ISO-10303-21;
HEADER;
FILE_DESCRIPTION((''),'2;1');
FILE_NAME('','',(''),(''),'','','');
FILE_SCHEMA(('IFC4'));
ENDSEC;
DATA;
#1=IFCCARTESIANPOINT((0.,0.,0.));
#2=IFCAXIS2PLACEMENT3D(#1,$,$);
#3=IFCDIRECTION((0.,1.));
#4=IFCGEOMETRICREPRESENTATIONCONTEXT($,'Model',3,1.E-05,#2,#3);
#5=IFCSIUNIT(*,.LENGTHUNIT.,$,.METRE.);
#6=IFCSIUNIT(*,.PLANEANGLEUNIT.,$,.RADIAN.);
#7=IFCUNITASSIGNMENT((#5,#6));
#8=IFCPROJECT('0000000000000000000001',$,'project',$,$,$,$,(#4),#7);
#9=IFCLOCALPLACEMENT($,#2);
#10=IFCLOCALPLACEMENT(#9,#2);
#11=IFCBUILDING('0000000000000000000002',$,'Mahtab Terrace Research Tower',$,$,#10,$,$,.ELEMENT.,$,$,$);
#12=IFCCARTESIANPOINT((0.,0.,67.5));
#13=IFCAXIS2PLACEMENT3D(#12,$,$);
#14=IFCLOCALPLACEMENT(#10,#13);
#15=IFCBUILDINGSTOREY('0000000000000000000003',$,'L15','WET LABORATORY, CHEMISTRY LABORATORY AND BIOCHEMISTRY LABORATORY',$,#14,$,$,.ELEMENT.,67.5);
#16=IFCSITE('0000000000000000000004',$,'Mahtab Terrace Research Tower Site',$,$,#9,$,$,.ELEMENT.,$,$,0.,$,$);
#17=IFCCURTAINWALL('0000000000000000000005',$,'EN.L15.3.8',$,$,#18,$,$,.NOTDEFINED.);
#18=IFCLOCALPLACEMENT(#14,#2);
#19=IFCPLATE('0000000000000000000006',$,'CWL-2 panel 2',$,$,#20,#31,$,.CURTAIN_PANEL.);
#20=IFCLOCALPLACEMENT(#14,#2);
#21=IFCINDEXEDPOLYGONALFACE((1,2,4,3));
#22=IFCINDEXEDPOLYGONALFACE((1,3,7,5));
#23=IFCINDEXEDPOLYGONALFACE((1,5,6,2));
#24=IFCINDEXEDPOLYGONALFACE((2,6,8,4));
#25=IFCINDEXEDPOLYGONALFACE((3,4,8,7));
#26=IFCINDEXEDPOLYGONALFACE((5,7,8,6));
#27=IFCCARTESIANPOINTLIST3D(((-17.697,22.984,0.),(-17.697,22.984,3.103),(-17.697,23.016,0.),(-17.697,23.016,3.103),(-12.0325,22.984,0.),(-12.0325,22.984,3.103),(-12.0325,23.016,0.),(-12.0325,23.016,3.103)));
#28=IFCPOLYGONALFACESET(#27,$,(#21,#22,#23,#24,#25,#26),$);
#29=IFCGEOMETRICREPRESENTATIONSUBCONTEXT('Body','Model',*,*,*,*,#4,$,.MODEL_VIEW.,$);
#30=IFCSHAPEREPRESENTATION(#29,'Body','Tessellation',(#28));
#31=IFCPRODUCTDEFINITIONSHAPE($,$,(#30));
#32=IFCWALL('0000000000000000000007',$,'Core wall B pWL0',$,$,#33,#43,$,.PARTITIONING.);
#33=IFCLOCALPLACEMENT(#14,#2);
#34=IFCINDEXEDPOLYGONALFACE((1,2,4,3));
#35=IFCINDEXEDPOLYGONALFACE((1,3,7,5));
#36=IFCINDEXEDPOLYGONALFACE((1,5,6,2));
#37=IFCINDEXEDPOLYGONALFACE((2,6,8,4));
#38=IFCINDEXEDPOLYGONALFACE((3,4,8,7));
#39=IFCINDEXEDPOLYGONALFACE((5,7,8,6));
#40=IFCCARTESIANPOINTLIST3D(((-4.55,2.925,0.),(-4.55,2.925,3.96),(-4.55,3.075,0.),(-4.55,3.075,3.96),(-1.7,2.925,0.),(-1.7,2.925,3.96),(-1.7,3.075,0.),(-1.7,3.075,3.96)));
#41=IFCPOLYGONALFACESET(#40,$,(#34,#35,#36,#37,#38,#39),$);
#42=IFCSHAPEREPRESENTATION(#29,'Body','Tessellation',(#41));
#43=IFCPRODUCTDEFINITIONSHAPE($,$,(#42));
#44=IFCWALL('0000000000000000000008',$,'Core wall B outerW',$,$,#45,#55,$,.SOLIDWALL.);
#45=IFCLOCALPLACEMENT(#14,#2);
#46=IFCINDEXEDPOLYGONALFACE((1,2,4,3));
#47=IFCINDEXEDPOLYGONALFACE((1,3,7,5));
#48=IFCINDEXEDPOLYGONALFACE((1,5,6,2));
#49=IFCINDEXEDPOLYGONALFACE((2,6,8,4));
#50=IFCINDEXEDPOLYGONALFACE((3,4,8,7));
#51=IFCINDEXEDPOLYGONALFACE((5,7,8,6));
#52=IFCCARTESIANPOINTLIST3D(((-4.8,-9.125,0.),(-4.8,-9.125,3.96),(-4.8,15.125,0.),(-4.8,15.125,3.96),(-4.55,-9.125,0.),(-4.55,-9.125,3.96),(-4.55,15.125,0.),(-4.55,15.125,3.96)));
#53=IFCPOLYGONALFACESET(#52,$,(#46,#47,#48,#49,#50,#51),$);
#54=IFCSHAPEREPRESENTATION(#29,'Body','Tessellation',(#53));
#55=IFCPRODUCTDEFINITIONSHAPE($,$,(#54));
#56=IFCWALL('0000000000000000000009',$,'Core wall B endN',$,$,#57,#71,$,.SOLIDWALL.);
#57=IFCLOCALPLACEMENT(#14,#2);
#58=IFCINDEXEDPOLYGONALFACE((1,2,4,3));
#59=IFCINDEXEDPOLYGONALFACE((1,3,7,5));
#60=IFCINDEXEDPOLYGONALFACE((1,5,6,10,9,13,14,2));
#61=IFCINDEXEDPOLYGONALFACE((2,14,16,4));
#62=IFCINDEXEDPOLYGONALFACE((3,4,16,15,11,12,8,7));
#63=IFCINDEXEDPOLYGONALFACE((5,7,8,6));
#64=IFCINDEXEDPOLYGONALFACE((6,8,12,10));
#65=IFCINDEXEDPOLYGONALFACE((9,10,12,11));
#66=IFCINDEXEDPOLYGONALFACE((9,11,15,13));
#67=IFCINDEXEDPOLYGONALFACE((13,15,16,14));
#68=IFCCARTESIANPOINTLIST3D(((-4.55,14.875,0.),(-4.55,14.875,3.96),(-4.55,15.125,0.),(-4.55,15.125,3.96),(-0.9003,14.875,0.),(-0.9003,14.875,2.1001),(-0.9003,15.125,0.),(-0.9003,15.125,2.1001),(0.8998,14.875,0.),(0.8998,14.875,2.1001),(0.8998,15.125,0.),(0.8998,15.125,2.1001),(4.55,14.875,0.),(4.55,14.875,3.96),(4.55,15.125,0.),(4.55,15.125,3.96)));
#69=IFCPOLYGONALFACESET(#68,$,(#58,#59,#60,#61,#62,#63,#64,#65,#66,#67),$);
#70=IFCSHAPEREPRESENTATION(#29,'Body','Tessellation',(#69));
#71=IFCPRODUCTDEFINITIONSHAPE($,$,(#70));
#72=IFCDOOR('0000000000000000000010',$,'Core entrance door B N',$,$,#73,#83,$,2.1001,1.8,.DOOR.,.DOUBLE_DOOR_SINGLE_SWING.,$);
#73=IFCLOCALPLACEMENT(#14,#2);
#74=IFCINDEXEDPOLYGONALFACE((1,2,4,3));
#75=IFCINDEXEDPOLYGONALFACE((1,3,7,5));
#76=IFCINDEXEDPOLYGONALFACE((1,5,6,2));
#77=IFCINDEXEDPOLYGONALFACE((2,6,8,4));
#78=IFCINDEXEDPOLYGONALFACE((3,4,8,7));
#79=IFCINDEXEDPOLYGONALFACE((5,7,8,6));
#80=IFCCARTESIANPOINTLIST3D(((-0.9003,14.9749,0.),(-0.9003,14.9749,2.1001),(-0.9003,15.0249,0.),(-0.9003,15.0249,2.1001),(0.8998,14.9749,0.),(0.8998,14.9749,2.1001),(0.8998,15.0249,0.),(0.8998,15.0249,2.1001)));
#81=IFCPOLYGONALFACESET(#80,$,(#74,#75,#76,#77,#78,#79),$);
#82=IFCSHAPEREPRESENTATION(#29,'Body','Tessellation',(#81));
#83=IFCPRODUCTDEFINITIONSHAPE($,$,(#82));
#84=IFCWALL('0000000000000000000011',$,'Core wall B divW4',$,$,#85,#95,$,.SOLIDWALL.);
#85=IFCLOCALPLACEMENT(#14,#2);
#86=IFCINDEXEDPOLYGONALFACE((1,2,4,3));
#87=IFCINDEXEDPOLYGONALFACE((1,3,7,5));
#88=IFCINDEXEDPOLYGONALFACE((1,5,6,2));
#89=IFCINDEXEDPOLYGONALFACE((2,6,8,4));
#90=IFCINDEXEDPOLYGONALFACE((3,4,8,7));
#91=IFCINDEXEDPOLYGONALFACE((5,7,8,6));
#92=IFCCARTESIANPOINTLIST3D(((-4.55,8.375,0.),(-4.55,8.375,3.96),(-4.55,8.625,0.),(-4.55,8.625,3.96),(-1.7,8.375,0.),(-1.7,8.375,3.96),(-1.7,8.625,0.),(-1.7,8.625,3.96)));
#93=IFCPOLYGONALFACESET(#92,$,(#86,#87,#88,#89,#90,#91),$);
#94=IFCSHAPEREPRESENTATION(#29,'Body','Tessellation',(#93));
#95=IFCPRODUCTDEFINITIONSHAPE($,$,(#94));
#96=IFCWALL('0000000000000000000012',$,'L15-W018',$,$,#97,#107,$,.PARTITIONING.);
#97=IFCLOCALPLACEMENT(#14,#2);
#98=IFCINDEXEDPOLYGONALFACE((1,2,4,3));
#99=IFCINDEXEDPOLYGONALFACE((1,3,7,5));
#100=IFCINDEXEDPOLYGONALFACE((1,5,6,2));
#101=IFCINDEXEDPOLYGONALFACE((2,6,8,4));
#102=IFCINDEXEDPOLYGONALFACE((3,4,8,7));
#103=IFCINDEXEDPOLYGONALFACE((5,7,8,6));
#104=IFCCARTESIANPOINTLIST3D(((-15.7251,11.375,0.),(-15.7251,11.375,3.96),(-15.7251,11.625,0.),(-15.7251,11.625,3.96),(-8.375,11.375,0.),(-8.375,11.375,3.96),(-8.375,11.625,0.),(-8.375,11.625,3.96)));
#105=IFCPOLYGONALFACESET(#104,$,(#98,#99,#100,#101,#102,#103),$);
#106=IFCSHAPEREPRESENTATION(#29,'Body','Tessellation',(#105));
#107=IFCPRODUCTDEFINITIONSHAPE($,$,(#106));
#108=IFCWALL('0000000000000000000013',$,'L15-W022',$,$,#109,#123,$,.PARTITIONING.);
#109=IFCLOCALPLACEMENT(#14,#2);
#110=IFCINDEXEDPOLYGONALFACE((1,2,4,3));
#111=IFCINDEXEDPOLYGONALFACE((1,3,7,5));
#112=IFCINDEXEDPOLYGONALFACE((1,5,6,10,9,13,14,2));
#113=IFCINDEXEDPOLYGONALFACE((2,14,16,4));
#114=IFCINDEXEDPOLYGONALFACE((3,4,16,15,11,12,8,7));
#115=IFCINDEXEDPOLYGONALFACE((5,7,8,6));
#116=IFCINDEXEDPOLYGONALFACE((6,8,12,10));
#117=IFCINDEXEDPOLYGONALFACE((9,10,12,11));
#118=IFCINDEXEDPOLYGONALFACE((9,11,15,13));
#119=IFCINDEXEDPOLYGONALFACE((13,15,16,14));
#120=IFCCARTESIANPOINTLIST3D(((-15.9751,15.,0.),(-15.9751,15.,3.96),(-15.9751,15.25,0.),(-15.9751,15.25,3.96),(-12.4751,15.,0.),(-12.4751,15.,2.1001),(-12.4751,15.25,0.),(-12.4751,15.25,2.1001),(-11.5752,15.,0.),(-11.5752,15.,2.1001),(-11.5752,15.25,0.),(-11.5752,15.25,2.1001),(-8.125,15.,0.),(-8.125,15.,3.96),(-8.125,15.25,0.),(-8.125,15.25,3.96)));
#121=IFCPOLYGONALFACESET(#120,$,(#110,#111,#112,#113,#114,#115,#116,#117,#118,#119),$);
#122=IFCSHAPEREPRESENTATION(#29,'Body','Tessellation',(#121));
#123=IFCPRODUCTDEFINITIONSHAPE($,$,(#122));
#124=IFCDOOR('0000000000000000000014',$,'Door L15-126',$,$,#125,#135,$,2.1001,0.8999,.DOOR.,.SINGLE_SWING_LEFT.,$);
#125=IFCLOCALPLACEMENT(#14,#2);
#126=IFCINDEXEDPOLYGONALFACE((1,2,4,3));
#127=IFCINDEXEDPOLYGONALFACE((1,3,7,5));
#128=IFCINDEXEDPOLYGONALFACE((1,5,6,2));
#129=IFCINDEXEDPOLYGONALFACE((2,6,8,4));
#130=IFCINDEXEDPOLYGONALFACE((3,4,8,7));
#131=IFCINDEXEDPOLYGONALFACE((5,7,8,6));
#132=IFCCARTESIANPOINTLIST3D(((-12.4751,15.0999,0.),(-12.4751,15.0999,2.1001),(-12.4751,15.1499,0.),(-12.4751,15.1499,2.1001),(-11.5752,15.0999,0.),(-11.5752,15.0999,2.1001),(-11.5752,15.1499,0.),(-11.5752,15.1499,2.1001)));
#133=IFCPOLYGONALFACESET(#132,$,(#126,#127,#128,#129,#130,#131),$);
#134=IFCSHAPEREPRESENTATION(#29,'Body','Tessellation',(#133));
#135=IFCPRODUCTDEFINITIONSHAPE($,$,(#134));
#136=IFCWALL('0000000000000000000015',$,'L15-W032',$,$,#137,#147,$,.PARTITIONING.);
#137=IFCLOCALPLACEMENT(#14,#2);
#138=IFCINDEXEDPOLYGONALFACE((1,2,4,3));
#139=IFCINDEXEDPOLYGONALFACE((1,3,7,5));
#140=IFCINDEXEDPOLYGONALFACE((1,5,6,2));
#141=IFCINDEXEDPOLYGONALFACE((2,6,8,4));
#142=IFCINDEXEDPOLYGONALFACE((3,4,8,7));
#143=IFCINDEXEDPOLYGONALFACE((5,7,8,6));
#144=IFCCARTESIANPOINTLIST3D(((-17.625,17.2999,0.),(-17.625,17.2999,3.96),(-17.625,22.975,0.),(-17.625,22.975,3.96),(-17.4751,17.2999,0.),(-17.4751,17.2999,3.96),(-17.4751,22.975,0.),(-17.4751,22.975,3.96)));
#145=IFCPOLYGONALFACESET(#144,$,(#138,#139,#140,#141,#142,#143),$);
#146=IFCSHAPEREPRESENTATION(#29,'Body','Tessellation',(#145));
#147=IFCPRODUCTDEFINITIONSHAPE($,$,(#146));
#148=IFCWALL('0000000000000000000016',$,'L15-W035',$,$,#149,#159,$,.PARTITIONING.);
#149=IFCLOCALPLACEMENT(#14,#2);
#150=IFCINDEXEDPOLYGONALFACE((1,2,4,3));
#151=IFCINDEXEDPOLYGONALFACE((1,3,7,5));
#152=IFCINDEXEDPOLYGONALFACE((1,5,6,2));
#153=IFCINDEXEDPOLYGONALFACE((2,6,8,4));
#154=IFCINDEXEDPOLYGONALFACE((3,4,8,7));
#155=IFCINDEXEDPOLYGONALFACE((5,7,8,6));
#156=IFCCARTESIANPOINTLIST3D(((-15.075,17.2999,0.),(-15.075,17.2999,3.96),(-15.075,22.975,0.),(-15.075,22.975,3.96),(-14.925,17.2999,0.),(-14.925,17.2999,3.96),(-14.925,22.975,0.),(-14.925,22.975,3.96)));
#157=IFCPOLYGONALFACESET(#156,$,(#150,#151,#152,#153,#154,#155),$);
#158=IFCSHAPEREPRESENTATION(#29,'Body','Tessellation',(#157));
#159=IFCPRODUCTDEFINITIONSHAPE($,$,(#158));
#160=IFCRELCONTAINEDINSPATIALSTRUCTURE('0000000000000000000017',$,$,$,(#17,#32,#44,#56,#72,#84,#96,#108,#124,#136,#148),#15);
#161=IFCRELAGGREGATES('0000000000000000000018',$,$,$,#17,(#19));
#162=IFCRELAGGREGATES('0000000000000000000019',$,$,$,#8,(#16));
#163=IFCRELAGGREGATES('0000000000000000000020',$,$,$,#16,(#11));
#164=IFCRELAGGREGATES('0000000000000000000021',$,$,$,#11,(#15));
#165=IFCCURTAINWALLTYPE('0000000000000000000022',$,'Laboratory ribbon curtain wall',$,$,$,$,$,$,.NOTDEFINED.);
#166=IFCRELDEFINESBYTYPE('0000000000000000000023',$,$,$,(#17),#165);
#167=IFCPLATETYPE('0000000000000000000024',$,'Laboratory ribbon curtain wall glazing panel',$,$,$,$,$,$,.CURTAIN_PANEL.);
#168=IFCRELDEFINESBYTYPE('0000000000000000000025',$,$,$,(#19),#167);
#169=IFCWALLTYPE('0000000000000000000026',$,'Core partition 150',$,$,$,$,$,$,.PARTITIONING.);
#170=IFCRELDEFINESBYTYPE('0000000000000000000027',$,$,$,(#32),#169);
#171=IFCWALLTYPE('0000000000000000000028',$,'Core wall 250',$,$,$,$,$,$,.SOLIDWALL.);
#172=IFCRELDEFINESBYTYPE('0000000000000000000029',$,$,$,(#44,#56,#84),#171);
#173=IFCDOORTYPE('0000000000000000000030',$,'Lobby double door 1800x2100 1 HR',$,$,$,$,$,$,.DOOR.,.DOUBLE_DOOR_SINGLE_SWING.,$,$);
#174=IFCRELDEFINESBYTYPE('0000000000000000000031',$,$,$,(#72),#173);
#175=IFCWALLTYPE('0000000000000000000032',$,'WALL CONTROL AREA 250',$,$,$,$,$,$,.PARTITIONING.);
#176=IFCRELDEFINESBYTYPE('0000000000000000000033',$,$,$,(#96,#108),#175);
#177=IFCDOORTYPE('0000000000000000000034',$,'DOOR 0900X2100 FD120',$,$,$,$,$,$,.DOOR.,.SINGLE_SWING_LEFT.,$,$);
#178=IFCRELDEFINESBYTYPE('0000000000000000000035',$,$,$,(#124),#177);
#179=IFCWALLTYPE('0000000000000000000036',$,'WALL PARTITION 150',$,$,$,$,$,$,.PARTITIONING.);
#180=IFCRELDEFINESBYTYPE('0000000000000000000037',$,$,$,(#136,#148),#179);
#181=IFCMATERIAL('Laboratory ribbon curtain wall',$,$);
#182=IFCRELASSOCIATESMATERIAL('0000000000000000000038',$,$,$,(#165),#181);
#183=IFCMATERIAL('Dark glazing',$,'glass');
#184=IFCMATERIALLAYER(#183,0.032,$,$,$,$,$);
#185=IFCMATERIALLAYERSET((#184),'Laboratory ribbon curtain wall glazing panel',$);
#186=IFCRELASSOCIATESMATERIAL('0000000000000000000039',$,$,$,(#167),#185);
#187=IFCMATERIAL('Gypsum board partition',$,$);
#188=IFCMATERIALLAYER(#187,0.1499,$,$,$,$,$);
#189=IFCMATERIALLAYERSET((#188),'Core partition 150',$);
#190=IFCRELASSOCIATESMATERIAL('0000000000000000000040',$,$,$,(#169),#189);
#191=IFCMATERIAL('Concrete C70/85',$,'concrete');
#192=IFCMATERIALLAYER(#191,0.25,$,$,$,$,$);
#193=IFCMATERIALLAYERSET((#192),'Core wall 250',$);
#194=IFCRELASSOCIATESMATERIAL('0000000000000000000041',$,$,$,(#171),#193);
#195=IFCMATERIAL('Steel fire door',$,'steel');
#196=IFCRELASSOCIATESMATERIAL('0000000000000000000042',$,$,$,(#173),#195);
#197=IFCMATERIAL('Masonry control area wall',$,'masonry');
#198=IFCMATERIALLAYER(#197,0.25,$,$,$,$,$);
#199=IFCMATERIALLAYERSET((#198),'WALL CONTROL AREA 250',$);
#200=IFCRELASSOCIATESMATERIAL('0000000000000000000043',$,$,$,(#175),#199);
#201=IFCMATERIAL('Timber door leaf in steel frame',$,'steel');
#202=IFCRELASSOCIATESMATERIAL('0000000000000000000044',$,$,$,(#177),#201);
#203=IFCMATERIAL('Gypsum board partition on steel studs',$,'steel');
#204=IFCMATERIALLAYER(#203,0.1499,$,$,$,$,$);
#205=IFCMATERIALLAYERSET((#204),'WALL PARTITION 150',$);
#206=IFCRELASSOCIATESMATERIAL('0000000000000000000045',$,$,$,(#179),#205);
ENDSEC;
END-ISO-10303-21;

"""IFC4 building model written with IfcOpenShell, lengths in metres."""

from ifc_helpers import new_model, si_unit, direction, frame, frame_2d, origin, origin_2d, place, context, subcontext, project, spatial, rectangle, extrude, material, layer, layer_set, type_object, element, fill, aggregate, save


model = new_model("IFC4")

# Units and contexts
model_context = context("Model", 3, precision=1e-05, world=origin(), true_north=direction((0.0, 1.0)))
body_context = subcontext(model_context, "Body", "Model", "MODEL_VIEW")
ifc_project = project(units=[si_unit("LENGTHUNIT", "METRE"), si_unit("PLANEANGLEUNIT", "RADIAN")], contexts=[model_context])

# Site, building, storey
site_placement = place(None, origin())
site = spatial("IfcSite", under=ifc_project, at=site_placement, Name="Mahtab Terrace Research Tower Site", CompositionType="ELEMENT", RefElevation=0.0)
building_placement = place(site_placement, origin())
building = spatial("IfcBuilding", under=site, at=building_placement, Name="Mahtab Terrace Research Tower", CompositionType="ELEMENT")
storey_placement = place(building_placement, frame((0.0, 0.0, 67.5)))
storey = spatial("IfcBuildingStorey", under=building, at=storey_placement, Name="L15", Description="WET LABORATORY, CHEMISTRY LABORATORY AND BIOCHEMISTRY LABORATORY", CompositionType="ELEMENT", Elevation=67.5)

# Shared definitions
ifc_material_1 = material(Name="Concrete C70/85", Category="concrete")

# Curtain wall
ifc_material_2 = material(Name="Laboratory ribbon curtain wall")
curtain_wall_type = type_object("IfcCurtainWallType", Name="Laboratory ribbon curtain wall", PredefinedType="NOTDEFINED", material=ifc_material_2)
curtain_wall_placement = place(storey_placement, origin())
curtain_wall = element("IfcCurtainWall", 1, at=curtain_wall_placement, inside=storey, type_object=curtain_wall_type, Name="EN.L15.3.8", PredefinedType="NOTDEFINED")

# Plate
ifc_material_3 = material(Name="Dark glazing", Category="glass")
ifc_layer_1 = layer(ifc_material_3, 0.032)
ifc_layer_set_1 = layer_set([ifc_layer_1], Name="Laboratory ribbon curtain wall glazing panel")
plate_type = type_object("IfcPlateType", Name="Laboratory ribbon curtain wall glazing panel", PredefinedType="CURTAIN_PANEL", material=ifc_layer_set_1)
plate_1_placement = place(storey_placement, frame((-14.8647, 23.0, 0.0), z_axis=(0.0, 0.0, 1.0), x_axis=(-1.0, 0.0, 0.0)))
plate_1 = element("IfcPlate", 2, at=plate_1_placement, type_object=plate_type, Name="CWL-2 panel 2", PredefinedType="CURTAIN_PANEL", context=body_context, shape_type="SweptSolid", body=[
    extrude(rectangle(XDim=5.6646, YDim=0.032, at=origin_2d()), origin(), (0.0, 0.0, 1.0), 3.103),
])
aggregate(curtain_wall, [plate_1])

# Walls
ifc_material_4 = material(Name="Gypsum board partition")
ifc_layer_2 = layer(ifc_material_4, 0.1499)
ifc_layer_set_2 = layer_set([ifc_layer_2], Name="Core partition 150")
wall_type_1 = type_object("IfcWallType", Name="Core partition 150", PredefinedType="PARTITIONING", material=ifc_layer_set_2)
wall_1_placement = place(storey_placement, frame((-4.55, 3.0, 0.0), z_axis=(0.0, 0.0, 1.0), x_axis=(1.0, 0.0, 0.0)))
element("IfcWall", 3, at=wall_1_placement, inside=storey, type_object=wall_type_1, Name="Core wall B pWL0", PredefinedType="PARTITIONING", context=body_context, shape_type="SweptSolid", body=[
    extrude(rectangle(XDim=2.8501, YDim=0.1499, at=frame_2d((1.425, 0.0))), origin(), (0.0, 0.0, 1.0), 3.96),
])
ifc_layer_3 = layer(ifc_material_1, 0.25)
ifc_layer_set_3 = layer_set([ifc_layer_3], Name="Core wall 250")
wall_type_2 = type_object("IfcWallType", Name="Core wall 250", PredefinedType="SOLIDWALL", material=ifc_layer_set_3)
wall_2_placement = place(storey_placement, frame((-4.675, 15.125, 0.0), z_axis=(0.0, 0.0, 1.0), x_axis=(0.0, -1.0, 0.0)))
element("IfcWall", 4, at=wall_2_placement, inside=storey, type_object=wall_type_2, Name="Core wall B outerW", PredefinedType="SOLIDWALL", context=body_context, shape_type="SweptSolid", body=[
    extrude(rectangle(XDim=24.25, YDim=0.25, at=frame_2d((12.125, 0.0))), origin(), (0.0, 0.0, 1.0), 3.96),
])

# Wall, opening, door
wall_3_placement = place(storey_placement, frame((-4.55, 15.0, 0.0), z_axis=(0.0, 0.0, 1.0), x_axis=(1.0, 0.0, 0.0)))
wall_3 = element("IfcWall", 5, at=wall_3_placement, inside=storey, type_object=wall_type_2, Name="Core wall B endN", PredefinedType="SOLIDWALL", context=body_context, shape_type="SweptSolid", body=[
    extrude(rectangle(XDim=9.1001, YDim=0.25, at=frame_2d((4.55, 0.0))), origin(), (0.0, 0.0, 1.0), 3.96),
])
opening_1_placement = place(wall_3_placement, frame((3.6499, 0.0, 0.0)))
opening_1 = element("IfcOpeningElement", 6, at=opening_1_placement, cuts=wall_3, PredefinedType="OPENING", context=body_context, shape_type="SweptSolid", body=[
    extrude(rectangle(XDim=1.8, YDim=2.1001, at=frame_2d((0.8999, 1.05))), frame((0.0, 0.135, 0.0), z_axis=(0.0, -1.0, 0.0), x_axis=(1.0, 0.0, 0.0)), (0.0, 0.0, 1.0), 0.27),
])
ifc_material_5 = material(Name="Steel fire door", Category="steel")
door_type_1 = type_object("IfcDoorType", Name="Lobby double door 1800x2100 1 HR", OperationType="DOUBLE_DOOR_SINGLE_SWING", PredefinedType="DOOR", material=ifc_material_5)
door_1_placement = place(opening_1_placement, origin())
door_1 = element("IfcDoor", 7, at=door_1_placement, inside=storey, type_object=door_type_1, Name="Core entrance door B N", OperationType="DOUBLE_DOOR_SINGLE_SWING", OverallHeight=2.1001, OverallWidth=1.8, PredefinedType="DOOR", context=body_context, shape_type="SweptSolid", body=[
    extrude(rectangle(XDim=1.8, YDim=2.1001, at=frame_2d((0.8999, 1.05))), frame((0.0, 0.0249, 0.0), z_axis=(0.0, -1.0, 0.0), x_axis=(1.0, 0.0, 0.0)), (0.0, 0.0, 1.0), 0.05),
])
fill(opening_1, door_1)

# Walls
wall_4_placement = place(storey_placement, frame((-4.55, 8.5, 0.0), z_axis=(0.0, 0.0, 1.0), x_axis=(1.0, 0.0, 0.0)))
element("IfcWall", 8, at=wall_4_placement, inside=storey, type_object=wall_type_2, Name="Core wall B divW4", PredefinedType="SOLIDWALL", context=body_context, shape_type="SweptSolid", body=[
    extrude(rectangle(XDim=2.8501, YDim=0.25, at=frame_2d((1.425, 0.0))), origin(), (0.0, 0.0, 1.0), 3.96),
])
ifc_material_6 = material(Name="Masonry control area wall", Category="masonry")
ifc_layer_4 = layer(ifc_material_6, 0.25)
ifc_layer_set_4 = layer_set([ifc_layer_4], Name="WALL CONTROL AREA 250")
wall_type_3 = type_object("IfcWallType", Name="WALL CONTROL AREA 250", PredefinedType="PARTITIONING", material=ifc_layer_set_4)
wall_5_placement = place(storey_placement, frame((-15.7251, 11.5, 0.0), z_axis=(0.0, 0.0, 1.0), x_axis=(1.0, 0.0, 0.0)))
element("IfcWall", 9, at=wall_5_placement, inside=storey, type_object=wall_type_3, Name="L15-W018", PredefinedType="PARTITIONING", context=body_context, shape_type="SweptSolid", body=[
    extrude(rectangle(XDim=7.3501, YDim=0.25, at=frame_2d((3.675, 0.0))), origin(), (0.0, 0.0, 1.0), 3.96),
])

# Wall, opening, door
wall_6_placement = place(storey_placement, frame((-15.9751, 15.125, 0.0), z_axis=(0.0, 0.0, 1.0), x_axis=(1.0, 0.0, 0.0)))
wall_6 = element("IfcWall", 10, at=wall_6_placement, inside=storey, type_object=wall_type_3, Name="L15-W022", PredefinedType="PARTITIONING", context=body_context, shape_type="SweptSolid", body=[
    extrude(rectangle(XDim=7.8501, YDim=0.25, at=frame_2d((3.925, 0.0))), origin(), (0.0, 0.0, 1.0), 3.96),
])
opening_2_placement = place(wall_6_placement, frame((3.5, 0.0, 0.0)))
opening_2 = element("IfcOpeningElement", 11, at=opening_2_placement, cuts=wall_6, PredefinedType="OPENING", context=body_context, shape_type="SweptSolid", body=[
    extrude(rectangle(XDim=0.8999, YDim=2.1001, at=frame_2d((0.45, 1.05))), frame((0.0, 0.135, 0.0), z_axis=(0.0, -1.0, 0.0), x_axis=(1.0, 0.0, 0.0)), (0.0, 0.0, 1.0), 0.27),
])
ifc_material_7 = material(Name="Timber door leaf in steel frame", Category="steel")
door_type_2 = type_object("IfcDoorType", Name="DOOR 0900X2100 FD120", OperationType="SINGLE_SWING_LEFT", PredefinedType="DOOR", material=ifc_material_7)
door_2_placement = place(opening_2_placement, origin())
door_2 = element("IfcDoor", 12, at=door_2_placement, inside=storey, type_object=door_type_2, Name="Door L15-126", OperationType="SINGLE_SWING_LEFT", OverallHeight=2.1001, OverallWidth=0.8999, PredefinedType="DOOR", context=body_context, shape_type="SweptSolid", body=[
    extrude(rectangle(XDim=0.8999, YDim=2.1001, at=frame_2d((0.45, 1.05))), frame((0.0, 0.0249, 0.0), z_axis=(0.0, -1.0, 0.0), x_axis=(1.0, 0.0, 0.0)), (0.0, 0.0, 1.0), 0.05),
])
fill(opening_2, door_2)

# Walls
ifc_material_8 = material(Name="Gypsum board partition on steel studs", Category="steel")
ifc_layer_5 = layer(ifc_material_8, 0.1499)
ifc_layer_set_5 = layer_set([ifc_layer_5], Name="WALL PARTITION 150")
wall_type_4 = type_object("IfcWallType", Name="WALL PARTITION 150", PredefinedType="PARTITIONING", material=ifc_layer_set_5)
for number, where, z_axis, x_axis, name in (
    (13, (-17.55, 17.3, 0.0), (0.0, 0.0, 1.0), (0.0, 1.0, 0.0), "L15-W032"),
    (14, (-15.0, 17.3, 0.0), (0.0, 0.0, 1.0), (0.0, 1.0, 0.0), "L15-W035"),
):
    element("IfcWall", number, at=place(storey_placement, frame(where, z_axis=z_axis, x_axis=x_axis)), inside=storey, type_object=wall_type_4, Name=name, PredefinedType="PARTITIONING", context=body_context, shape_type="SweptSolid", body=[
        extrude(rectangle(XDim=5.675, YDim=0.1499, at=frame_2d((2.8374, 0.0))), origin(), (0.0, 0.0, 1.0), 3.96),
    ])

save(model, "model.ifc")
